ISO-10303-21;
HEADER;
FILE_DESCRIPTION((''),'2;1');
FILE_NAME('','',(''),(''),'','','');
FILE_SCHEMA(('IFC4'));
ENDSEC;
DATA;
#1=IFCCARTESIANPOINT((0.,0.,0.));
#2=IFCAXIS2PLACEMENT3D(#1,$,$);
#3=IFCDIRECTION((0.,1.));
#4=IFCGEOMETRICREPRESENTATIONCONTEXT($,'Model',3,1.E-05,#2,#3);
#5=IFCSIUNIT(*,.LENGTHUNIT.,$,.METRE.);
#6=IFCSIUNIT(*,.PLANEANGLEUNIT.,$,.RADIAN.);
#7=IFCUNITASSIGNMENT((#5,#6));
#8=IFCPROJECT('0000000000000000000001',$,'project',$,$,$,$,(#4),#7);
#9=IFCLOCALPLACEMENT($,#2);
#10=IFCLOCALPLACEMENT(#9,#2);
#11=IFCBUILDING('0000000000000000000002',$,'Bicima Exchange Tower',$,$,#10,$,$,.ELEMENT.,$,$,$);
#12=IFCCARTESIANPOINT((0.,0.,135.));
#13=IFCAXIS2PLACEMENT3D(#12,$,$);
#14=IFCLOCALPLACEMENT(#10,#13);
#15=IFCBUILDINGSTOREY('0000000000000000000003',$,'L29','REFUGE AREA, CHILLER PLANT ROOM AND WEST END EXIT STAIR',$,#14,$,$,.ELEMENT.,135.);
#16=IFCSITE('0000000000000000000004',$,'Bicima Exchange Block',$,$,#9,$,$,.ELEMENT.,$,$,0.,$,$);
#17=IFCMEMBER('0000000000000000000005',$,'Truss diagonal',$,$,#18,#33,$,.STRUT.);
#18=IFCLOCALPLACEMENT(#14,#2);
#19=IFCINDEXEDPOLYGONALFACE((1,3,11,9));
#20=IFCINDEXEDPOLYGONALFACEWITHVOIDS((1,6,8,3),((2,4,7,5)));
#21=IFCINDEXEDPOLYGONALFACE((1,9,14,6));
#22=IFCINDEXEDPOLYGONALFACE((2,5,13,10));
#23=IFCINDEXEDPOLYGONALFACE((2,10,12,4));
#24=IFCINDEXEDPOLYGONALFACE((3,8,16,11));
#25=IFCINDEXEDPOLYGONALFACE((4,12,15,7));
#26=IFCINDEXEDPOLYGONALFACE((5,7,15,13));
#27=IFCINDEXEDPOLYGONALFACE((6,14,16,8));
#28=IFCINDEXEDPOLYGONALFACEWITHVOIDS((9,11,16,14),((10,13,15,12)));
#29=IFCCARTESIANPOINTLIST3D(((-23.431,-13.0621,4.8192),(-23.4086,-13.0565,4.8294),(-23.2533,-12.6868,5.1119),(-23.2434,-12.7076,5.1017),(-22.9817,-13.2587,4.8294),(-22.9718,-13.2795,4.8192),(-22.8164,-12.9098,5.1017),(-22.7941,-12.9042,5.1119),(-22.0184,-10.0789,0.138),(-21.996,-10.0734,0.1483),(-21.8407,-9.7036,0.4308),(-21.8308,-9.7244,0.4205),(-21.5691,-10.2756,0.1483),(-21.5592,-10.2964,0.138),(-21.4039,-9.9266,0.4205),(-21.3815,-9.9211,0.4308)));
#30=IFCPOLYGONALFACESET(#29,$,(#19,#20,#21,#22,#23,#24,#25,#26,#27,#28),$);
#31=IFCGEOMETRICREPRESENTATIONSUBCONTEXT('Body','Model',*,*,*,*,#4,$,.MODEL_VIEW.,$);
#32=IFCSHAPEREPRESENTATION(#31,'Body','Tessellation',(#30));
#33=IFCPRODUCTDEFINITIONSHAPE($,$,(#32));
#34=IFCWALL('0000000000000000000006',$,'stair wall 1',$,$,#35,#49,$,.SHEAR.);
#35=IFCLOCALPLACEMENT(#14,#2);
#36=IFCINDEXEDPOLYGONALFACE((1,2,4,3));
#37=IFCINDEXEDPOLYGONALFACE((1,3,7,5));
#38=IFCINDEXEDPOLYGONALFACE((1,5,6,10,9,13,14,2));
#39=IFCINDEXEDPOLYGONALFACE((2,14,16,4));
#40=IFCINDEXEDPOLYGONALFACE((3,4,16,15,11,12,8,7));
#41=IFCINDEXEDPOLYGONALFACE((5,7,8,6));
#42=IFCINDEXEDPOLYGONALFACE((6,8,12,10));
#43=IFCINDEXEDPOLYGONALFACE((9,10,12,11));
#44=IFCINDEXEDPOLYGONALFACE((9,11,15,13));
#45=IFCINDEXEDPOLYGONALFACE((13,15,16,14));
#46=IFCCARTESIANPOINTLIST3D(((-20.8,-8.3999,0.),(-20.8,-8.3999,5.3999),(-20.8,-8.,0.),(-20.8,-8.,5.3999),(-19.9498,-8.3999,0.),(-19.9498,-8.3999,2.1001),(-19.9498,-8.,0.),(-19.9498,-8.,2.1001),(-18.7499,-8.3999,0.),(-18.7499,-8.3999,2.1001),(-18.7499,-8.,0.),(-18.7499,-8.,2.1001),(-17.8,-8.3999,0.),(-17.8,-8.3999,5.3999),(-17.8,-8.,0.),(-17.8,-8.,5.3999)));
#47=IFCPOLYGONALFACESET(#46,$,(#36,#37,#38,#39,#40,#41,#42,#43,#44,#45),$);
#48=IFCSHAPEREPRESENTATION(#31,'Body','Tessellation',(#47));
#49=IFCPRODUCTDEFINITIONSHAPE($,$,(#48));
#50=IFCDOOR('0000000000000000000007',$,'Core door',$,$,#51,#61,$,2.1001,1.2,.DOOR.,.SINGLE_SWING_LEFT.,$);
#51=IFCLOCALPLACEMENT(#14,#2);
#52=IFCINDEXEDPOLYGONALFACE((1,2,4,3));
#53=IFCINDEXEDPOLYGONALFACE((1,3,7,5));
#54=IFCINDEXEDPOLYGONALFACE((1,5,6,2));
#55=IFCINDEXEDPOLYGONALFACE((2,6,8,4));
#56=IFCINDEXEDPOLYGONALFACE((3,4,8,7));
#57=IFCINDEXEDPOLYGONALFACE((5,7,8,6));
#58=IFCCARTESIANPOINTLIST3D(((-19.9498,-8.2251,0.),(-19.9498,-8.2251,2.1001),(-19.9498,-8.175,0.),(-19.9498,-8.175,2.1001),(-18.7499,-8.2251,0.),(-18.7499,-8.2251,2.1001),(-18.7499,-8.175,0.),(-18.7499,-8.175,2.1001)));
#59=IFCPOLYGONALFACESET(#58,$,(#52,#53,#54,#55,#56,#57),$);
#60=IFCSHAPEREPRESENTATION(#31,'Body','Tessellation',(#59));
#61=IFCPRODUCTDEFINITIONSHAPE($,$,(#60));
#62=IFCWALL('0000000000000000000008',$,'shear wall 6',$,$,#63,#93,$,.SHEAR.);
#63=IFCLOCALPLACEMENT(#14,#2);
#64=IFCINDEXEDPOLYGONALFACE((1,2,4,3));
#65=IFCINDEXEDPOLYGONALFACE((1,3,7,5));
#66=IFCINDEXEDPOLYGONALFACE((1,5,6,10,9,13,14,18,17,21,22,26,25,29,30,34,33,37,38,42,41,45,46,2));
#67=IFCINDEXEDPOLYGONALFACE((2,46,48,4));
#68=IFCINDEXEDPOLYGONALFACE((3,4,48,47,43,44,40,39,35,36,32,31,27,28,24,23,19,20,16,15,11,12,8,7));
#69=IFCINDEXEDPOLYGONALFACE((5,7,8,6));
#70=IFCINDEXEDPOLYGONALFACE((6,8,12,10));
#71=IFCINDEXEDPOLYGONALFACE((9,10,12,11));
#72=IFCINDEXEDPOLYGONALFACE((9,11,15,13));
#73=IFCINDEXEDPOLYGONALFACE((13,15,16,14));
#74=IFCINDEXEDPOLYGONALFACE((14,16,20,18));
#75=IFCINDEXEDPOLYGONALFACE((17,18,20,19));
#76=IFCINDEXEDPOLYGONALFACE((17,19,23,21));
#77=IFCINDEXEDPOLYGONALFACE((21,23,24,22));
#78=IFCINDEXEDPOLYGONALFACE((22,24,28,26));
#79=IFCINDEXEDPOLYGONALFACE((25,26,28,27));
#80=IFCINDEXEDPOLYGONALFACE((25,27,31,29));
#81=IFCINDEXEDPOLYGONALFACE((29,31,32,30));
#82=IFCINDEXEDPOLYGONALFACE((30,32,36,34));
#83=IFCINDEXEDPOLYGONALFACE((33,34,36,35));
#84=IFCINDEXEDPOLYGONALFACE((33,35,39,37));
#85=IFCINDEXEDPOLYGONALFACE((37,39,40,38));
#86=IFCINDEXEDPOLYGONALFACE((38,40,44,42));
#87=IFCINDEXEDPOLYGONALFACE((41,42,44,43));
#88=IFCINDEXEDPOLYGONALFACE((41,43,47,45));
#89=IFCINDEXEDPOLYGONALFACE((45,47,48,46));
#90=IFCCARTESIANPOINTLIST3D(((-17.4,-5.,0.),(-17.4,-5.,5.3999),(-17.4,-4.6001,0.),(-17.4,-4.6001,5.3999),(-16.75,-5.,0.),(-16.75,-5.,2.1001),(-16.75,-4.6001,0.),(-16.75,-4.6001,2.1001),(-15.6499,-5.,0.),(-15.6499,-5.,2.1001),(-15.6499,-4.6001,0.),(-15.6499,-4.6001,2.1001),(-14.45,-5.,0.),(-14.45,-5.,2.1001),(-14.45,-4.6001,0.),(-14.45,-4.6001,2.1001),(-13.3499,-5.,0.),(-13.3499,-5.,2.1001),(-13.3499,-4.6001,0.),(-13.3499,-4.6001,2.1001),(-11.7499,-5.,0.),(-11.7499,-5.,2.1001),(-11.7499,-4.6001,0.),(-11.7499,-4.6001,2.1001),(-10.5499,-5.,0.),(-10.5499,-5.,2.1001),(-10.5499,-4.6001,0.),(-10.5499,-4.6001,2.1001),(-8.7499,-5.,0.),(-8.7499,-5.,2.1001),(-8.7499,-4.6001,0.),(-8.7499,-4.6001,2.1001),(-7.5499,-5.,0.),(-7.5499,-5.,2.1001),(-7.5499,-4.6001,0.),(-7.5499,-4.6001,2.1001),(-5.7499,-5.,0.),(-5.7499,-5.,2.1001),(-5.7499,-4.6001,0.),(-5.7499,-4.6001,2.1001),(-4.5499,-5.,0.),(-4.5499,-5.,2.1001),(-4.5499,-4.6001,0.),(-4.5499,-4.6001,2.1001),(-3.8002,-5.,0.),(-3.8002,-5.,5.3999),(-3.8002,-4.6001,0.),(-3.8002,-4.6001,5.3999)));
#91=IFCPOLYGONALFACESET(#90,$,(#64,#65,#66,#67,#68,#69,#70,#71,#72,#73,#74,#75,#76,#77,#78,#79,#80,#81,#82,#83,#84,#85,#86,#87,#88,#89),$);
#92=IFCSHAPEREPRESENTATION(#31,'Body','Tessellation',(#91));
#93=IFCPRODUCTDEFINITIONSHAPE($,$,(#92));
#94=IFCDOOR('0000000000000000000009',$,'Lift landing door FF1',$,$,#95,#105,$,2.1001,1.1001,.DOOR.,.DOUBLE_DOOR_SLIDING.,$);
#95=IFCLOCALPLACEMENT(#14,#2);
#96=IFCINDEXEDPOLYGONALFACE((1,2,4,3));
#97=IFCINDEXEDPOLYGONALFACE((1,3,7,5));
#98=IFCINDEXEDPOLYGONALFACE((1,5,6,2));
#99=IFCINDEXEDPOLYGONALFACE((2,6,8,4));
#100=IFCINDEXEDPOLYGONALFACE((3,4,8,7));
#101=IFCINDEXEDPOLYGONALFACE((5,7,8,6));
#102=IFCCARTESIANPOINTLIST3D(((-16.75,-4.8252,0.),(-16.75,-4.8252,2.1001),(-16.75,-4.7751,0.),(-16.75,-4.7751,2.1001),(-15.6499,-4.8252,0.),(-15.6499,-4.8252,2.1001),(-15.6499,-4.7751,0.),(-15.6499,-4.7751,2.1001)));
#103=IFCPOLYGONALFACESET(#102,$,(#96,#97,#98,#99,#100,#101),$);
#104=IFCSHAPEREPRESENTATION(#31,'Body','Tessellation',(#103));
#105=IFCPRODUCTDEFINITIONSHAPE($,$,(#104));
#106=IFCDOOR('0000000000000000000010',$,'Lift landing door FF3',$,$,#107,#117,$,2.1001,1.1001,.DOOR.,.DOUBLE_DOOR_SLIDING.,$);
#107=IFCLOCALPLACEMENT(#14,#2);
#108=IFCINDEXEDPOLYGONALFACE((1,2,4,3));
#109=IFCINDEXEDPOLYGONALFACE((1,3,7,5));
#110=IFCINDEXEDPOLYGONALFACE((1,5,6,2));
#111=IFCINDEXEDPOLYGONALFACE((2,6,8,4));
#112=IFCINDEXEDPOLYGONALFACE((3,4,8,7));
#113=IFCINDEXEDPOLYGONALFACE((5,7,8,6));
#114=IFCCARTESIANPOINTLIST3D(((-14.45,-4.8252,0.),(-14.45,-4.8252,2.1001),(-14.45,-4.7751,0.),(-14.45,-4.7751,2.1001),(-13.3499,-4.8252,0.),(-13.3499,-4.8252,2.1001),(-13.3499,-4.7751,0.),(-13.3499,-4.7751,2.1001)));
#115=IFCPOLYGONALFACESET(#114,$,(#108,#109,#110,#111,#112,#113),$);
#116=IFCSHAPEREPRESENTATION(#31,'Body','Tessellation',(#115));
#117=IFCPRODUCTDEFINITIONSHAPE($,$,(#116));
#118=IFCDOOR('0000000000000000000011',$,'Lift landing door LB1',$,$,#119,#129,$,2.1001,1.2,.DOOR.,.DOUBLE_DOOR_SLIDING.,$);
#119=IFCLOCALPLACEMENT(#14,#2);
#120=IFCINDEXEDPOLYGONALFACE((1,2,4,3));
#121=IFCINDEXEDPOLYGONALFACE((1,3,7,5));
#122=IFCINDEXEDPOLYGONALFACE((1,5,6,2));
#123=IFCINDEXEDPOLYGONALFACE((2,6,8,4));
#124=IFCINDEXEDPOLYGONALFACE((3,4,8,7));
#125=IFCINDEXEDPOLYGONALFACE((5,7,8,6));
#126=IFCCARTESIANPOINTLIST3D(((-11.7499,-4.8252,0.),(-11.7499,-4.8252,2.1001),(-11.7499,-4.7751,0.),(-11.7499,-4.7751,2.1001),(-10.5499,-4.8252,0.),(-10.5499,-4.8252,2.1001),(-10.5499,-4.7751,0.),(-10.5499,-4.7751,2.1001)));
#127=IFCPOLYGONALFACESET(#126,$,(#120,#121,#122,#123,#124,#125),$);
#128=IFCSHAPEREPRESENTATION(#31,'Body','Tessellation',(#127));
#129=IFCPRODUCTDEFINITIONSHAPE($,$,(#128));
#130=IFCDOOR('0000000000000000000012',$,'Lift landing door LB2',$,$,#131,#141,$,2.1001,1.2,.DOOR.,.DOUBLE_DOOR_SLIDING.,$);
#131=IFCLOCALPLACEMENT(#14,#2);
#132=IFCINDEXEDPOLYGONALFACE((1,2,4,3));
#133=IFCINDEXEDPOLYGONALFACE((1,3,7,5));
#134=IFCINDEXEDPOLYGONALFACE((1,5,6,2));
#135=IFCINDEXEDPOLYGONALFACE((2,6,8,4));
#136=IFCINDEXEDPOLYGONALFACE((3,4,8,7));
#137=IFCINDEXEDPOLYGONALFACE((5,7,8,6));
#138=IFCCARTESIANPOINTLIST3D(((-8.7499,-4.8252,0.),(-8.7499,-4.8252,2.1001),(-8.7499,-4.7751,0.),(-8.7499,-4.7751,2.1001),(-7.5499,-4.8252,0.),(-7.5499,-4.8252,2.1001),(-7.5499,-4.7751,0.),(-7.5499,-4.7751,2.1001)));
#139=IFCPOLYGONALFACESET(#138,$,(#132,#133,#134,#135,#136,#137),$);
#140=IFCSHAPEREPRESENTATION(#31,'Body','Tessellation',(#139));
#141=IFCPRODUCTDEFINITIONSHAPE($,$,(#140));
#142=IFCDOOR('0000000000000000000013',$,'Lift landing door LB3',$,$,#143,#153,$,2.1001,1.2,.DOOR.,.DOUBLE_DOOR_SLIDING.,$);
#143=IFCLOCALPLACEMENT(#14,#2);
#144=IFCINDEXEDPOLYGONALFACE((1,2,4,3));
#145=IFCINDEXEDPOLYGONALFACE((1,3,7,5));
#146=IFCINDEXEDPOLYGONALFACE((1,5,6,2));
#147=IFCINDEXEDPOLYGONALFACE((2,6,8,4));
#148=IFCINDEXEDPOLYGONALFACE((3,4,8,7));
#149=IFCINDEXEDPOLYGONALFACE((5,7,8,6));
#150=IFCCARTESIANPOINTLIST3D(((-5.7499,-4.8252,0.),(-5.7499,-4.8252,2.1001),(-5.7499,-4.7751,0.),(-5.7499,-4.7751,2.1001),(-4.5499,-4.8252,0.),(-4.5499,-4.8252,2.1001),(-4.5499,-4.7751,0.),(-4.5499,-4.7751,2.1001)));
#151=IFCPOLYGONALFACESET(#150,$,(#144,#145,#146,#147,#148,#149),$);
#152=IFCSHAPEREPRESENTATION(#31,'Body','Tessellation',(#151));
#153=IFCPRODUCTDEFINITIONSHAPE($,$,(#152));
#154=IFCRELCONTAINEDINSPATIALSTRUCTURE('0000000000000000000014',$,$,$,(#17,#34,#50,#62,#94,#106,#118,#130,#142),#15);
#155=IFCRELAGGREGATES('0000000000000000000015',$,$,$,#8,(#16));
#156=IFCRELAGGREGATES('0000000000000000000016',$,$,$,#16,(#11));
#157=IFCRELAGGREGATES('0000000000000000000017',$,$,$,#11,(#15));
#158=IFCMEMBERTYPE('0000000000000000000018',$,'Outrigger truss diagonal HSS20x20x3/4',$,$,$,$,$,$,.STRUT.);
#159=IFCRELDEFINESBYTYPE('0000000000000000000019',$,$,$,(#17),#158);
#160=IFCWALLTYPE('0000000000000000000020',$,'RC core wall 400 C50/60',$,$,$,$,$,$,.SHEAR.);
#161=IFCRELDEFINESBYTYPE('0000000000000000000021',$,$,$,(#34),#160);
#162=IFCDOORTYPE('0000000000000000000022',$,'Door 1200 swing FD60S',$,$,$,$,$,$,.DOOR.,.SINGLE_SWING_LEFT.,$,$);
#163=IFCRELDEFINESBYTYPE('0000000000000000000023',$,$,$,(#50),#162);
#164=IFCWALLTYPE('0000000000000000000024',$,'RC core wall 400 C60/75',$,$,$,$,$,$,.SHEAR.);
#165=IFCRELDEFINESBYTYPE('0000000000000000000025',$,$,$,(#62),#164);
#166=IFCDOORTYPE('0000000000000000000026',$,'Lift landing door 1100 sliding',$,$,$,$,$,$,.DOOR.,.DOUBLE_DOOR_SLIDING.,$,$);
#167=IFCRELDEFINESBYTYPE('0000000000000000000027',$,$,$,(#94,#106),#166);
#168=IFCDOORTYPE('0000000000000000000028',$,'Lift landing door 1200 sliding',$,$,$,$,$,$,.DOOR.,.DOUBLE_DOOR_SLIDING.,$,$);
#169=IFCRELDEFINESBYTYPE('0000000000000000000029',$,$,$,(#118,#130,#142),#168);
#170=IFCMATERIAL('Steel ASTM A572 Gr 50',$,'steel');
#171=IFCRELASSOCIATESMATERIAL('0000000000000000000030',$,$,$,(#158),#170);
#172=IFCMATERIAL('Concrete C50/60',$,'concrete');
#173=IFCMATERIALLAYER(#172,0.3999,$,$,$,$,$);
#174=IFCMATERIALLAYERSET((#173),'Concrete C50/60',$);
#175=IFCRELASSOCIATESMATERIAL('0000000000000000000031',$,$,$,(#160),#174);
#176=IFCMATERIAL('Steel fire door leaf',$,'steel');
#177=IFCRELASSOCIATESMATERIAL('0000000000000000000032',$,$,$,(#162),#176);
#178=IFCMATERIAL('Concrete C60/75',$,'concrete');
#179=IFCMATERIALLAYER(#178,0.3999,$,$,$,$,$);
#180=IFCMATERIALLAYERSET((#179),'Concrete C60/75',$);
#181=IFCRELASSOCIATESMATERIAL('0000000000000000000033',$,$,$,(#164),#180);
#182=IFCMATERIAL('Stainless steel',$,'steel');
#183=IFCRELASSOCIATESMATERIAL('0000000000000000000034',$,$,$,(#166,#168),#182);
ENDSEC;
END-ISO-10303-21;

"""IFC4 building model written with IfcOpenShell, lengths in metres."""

from ifc_helpers import new_model, si_unit, direction, frame, frame_2d, origin, origin_2d, place, context, subcontext, project, spatial, rectangle, hollow_rectangle, extrude, material, layer, layer_set, material_profile, profile_set, type_object, element, fill, save


model = new_model("IFC4")

# Units and contexts
model_context = context("Model", 3, precision=1e-05, world=origin(), true_north=direction((0.0, 1.0)))
body_context = subcontext(model_context, "Body", "Model", "MODEL_VIEW")
ifc_project = project(units=[si_unit("LENGTHUNIT", "METRE"), si_unit("PLANEANGLEUNIT", "RADIAN")], contexts=[model_context])

# Site, building, storey
site_placement = place(None, origin())
site = spatial("IfcSite", under=ifc_project, at=site_placement, Name="Bicima Exchange Block", CompositionType="ELEMENT", RefElevation=0.0)
building_placement = place(site_placement, origin())
building = spatial("IfcBuilding", under=site, at=building_placement, Name="Bicima Exchange Tower", CompositionType="ELEMENT")
storey_placement = place(building_placement, frame((0.0, 0.0, 135.0)))
storey = spatial("IfcBuildingStorey", under=building, at=storey_placement, Name="L29", Description="REFUGE AREA, CHILLER PLANT ROOM AND WEST END EXIT STAIR", CompositionType="ELEMENT", Elevation=135.0)

# Member
ifc_material_1 = material(Name="Steel ASTM A572 Gr 50", Category="steel")
ifc_material_profile = material_profile(ifc_material_1, hollow_rectangle(XDim=0.5081, YDim=0.5081, WallThickness=0.0178, at=origin_2d()))
ifc_profile_set = profile_set([ifc_material_profile], Name="Steel ASTM A572 Gr 50")
member_type = type_object("IfcMemberType", Name="Outrigger truss diagonal HSS20x20x3/4", PredefinedType="STRUT", material=ifc_profile_set)
member_placement = place(storey_placement, frame((-21.7, -10.0, 0.2844), z_axis=(-0.246621, -0.520819, 0.817267), x_axis=(0.903794, -0.427969, 0.0)))
element("IfcMember", 1, at=member_placement, inside=storey, type_object=member_type, Name="Truss diagonal", PredefinedType="STRUT", context=body_context, shape_type="SweptSolid", body=[
    extrude(hollow_rectangle(XDim=0.5081, YDim=0.5081, WallThickness=0.0178, at=origin_2d()), origin(), (0.0, 0.0, 1.0), 5.7278),
])

# Wall, opening, door
ifc_material_2 = material(Name="Concrete C50/60", Category="concrete")
ifc_layer_1 = layer(ifc_material_2, 0.3999)
ifc_layer_set_1 = layer_set([ifc_layer_1], Name="Concrete C50/60")
wall_type_1 = type_object("IfcWallType", Name="RC core wall 400 C50/60", PredefinedType="SHEAR", material=ifc_layer_set_1)
wall_1_placement = place(storey_placement, frame((-20.8, -8.2, 0.0), z_axis=(0.0, 0.0, 1.0), x_axis=(1.0, 0.0, 0.0)))
wall_1 = element("IfcWall", 2, at=wall_1_placement, inside=storey, type_object=wall_type_1, Name="stair wall 1", PredefinedType="SHEAR", context=body_context, shape_type="SweptSolid", body=[
    extrude(rectangle(XDim=3.0, YDim=0.3999, at=frame_2d((1.5, 0.0))), origin(), (0.0, 0.0, 1.0), 5.3999),
])
opening_1_placement = place(wall_1_placement, frame((0.8501, 0.0, 0.0)))
opening_1 = element("IfcOpeningElement", 3, at=opening_1_placement, cuts=wall_1, PredefinedType="OPENING", context=body_context, shape_type="SweptSolid", body=[
    extrude(rectangle(XDim=1.2, YDim=2.1001, at=frame_2d((0.6001, 1.05))), frame((0.0, 0.2119, 0.0), z_axis=(0.0, -1.0, 0.0), x_axis=(1.0, 0.0, 0.0)), (0.0, 0.0, 1.0), 0.4238),
])
ifc_material_3 = material(Name="Steel fire door leaf", Category="steel")
door_type_1 = type_object("IfcDoorType", Name="Door 1200 swing FD60S", OperationType="SINGLE_SWING_LEFT", PredefinedType="DOOR", material=ifc_material_3)
door_1_placement = place(opening_1_placement, origin())
door_1 = element("IfcDoor", 4, at=door_1_placement, inside=storey, type_object=door_type_1, Name="Core door", OperationType="SINGLE_SWING_LEFT", OverallHeight=2.1001, OverallWidth=1.2, PredefinedType="DOOR", context=body_context, shape_type="SweptSolid", body=[
    extrude(rectangle(XDim=1.2, YDim=2.1001, at=frame_2d((0.6001, 1.05))), frame((0.0, 0.0249, 0.0), z_axis=(0.0, -1.0, 0.0), x_axis=(1.0, 0.0, 0.0)), (0.0, 0.0, 1.0), 0.05),
])
fill(opening_1, door_1)

# Wall, openings, doors
ifc_material_4 = material(Name="Concrete C60/75", Category="concrete")
ifc_layer_2 = layer(ifc_material_4, 0.3999)
ifc_layer_set_2 = layer_set([ifc_layer_2], Name="Concrete C60/75")
wall_type_2 = type_object("IfcWallType", Name="RC core wall 400 C60/75", PredefinedType="SHEAR", material=ifc_layer_set_2)
wall_2_placement = place(storey_placement, frame((-17.3999, -4.8, 0.0), z_axis=(0.0, 0.0, 1.0), x_axis=(1.0, 0.0, 0.0)))
wall_2 = element("IfcWall", 5, at=wall_2_placement, inside=storey, type_object=wall_type_2, Name="shear wall 6", PredefinedType="SHEAR", context=body_context, shape_type="SweptSolid", body=[
    extrude(rectangle(XDim=13.5999, YDim=0.3999, at=frame_2d((6.7998, 0.0))), origin(), (0.0, 0.0, 1.0), 5.3999),
])
opening_2_placement = place(wall_2_placement, frame((0.6499, 0.0, 0.0)))
opening_2 = element("IfcOpeningElement", 6, at=opening_2_placement, cuts=wall_2, PredefinedType="OPENING", context=body_context, shape_type="SweptSolid", body=[
    extrude(rectangle(XDim=1.1001, YDim=2.1001, at=frame_2d((0.55, 1.05))), frame((0.0, 0.2119, 0.0), z_axis=(0.0, -1.0, 0.0), x_axis=(1.0, 0.0, 0.0)), (0.0, 0.0, 1.0), 0.4238),
])
opening_3_placement = place(wall_2_placement, frame((2.95, 0.0, 0.0)))
opening_3 = element("IfcOpeningElement", 7, at=opening_3_placement, cuts=wall_2, PredefinedType="OPENING", context=body_context, shape_type="SweptSolid", body=[
    extrude(rectangle(XDim=1.1001, YDim=2.1001, at=frame_2d((0.55, 1.05))), frame((0.0, 0.2119, 0.0), z_axis=(0.0, -1.0, 0.0), x_axis=(1.0, 0.0, 0.0)), (0.0, 0.0, 1.0), 0.4238),
])
opening_4_placement = place(wall_2_placement, frame((5.6499, 0.0, 0.0)))
opening_4 = element("IfcOpeningElement", 8, at=opening_4_placement, cuts=wall_2, PredefinedType="OPENING", context=body_context, shape_type="SweptSolid", body=[
    extrude(rectangle(XDim=1.2, YDim=2.1001, at=frame_2d((0.6001, 1.05))), frame((0.0, 0.2119, 0.0), z_axis=(0.0, -1.0, 0.0), x_axis=(1.0, 0.0, 0.0)), (0.0, 0.0, 1.0), 0.4238),
])
opening_5_placement = place(wall_2_placement, frame((8.6499, 0.0, 0.0)))
opening_5 = element("IfcOpeningElement", 9, at=opening_5_placement, cuts=wall_2, PredefinedType="OPENING", context=body_context, shape_type="SweptSolid", body=[
    extrude(rectangle(XDim=1.2, YDim=2.1001, at=frame_2d((0.6001, 1.05))), frame((0.0, 0.2119, 0.0), z_axis=(0.0, -1.0, 0.0), x_axis=(1.0, 0.0, 0.0)), (0.0, 0.0, 1.0), 0.4238),
])
opening_6_placement = place(wall_2_placement, frame((11.6499, 0.0, 0.0)))
opening_6 = element("IfcOpeningElement", 10, at=opening_6_placement, cuts=wall_2, PredefinedType="OPENING", context=body_context, shape_type="SweptSolid", body=[
    extrude(rectangle(XDim=1.2, YDim=2.1001, at=frame_2d((0.6001, 1.05))), frame((0.0, 0.2119, 0.0), z_axis=(0.0, -1.0, 0.0), x_axis=(1.0, 0.0, 0.0)), (0.0, 0.0, 1.0), 0.4238),
])
ifc_material_5 = material(Name="Stainless steel", Category="steel")
door_type_2 = type_object("IfcDoorType", Name="Lift landing door 1100 sliding", OperationType="DOUBLE_DOOR_SLIDING", PredefinedType="DOOR", material=ifc_material_5)
door_2_placement = place(opening_2_placement, origin())
door_2 = element("IfcDoor", 11, at=door_2_placement, inside=storey, type_object=door_type_2, Name="Lift landing door FF1", OperationType="DOUBLE_DOOR_SLIDING", OverallHeight=2.1001, OverallWidth=1.1001, PredefinedType="DOOR", context=body_context, shape_type="SweptSolid", body=[
    extrude(rectangle(XDim=1.1001, YDim=2.1001, at=frame_2d((0.55, 1.05))), frame((0.0, 0.0249, 0.0), z_axis=(0.0, -1.0, 0.0), x_axis=(1.0, 0.0, 0.0)), (0.0, 0.0, 1.0), 0.05),
])
fill(opening_2, door_2)
door_3_placement = place(opening_3_placement, origin())
door_3 = element("IfcDoor", 12, at=door_3_placement, inside=storey, type_object=door_type_2, Name="Lift landing door FF3", OperationType="DOUBLE_DOOR_SLIDING", OverallHeight=2.1001, OverallWidth=1.1001, PredefinedType="DOOR", context=body_context, shape_type="SweptSolid", body=[
    extrude(rectangle(XDim=1.1001, YDim=2.1001, at=frame_2d((0.55, 1.05))), frame((0.0, 0.0249, 0.0), z_axis=(0.0, -1.0, 0.0), x_axis=(1.0, 0.0, 0.0)), (0.0, 0.0, 1.0), 0.05),
])
fill(opening_3, door_3)
door_type_3 = type_object("IfcDoorType", Name="Lift landing door 1200 sliding", OperationType="DOUBLE_DOOR_SLIDING", PredefinedType="DOOR", material=ifc_material_5)
door_4_placement = place(opening_4_placement, origin())
door_4 = element("IfcDoor", 13, at=door_4_placement, inside=storey, type_object=door_type_3, Name="Lift landing door LB1", OperationType="DOUBLE_DOOR_SLIDING", OverallHeight=2.1001, OverallWidth=1.2, PredefinedType="DOOR", context=body_context, shape_type="SweptSolid", body=[
    extrude(rectangle(XDim=1.2, YDim=2.1001, at=frame_2d((0.6001, 1.05))), frame((0.0, 0.0249, 0.0), z_axis=(0.0, -1.0, 0.0), x_axis=(1.0, 0.0, 0.0)), (0.0, 0.0, 1.0), 0.05),
])
fill(opening_4, door_4)
door_5_placement = place(opening_5_placement, origin())
door_5 = element("IfcDoor", 14, at=door_5_placement, inside=storey, type_object=door_type_3, Name="Lift landing door LB2", OperationType="DOUBLE_DOOR_SLIDING", OverallHeight=2.1001, OverallWidth=1.2, PredefinedType="DOOR", context=body_context, shape_type="SweptSolid", body=[
    extrude(rectangle(XDim=1.2, YDim=2.1001, at=frame_2d((0.6001, 1.05))), frame((0.0, 0.0249, 0.0), z_axis=(0.0, -1.0, 0.0), x_axis=(1.0, 0.0, 0.0)), (0.0, 0.0, 1.0), 0.05),
])
fill(opening_5, door_5)
door_6_placement = place(opening_6_placement, origin())
door_6 = element("IfcDoor", 15, at=door_6_placement, inside=storey, type_object=door_type_3, Name="Lift landing door LB3", OperationType="DOUBLE_DOOR_SLIDING", OverallHeight=2.1001, OverallWidth=1.2, PredefinedType="DOOR", context=body_context, shape_type="SweptSolid", body=[
    extrude(rectangle(XDim=1.2, YDim=2.1001, at=frame_2d((0.6001, 1.05))), frame((0.0, 0.0249, 0.0), z_axis=(0.0, -1.0, 0.0), x_axis=(1.0, 0.0, 0.0)), (0.0, 0.0, 1.0), 0.05),
])
fill(opening_6, door_6)

save(model, "model.ifc")
